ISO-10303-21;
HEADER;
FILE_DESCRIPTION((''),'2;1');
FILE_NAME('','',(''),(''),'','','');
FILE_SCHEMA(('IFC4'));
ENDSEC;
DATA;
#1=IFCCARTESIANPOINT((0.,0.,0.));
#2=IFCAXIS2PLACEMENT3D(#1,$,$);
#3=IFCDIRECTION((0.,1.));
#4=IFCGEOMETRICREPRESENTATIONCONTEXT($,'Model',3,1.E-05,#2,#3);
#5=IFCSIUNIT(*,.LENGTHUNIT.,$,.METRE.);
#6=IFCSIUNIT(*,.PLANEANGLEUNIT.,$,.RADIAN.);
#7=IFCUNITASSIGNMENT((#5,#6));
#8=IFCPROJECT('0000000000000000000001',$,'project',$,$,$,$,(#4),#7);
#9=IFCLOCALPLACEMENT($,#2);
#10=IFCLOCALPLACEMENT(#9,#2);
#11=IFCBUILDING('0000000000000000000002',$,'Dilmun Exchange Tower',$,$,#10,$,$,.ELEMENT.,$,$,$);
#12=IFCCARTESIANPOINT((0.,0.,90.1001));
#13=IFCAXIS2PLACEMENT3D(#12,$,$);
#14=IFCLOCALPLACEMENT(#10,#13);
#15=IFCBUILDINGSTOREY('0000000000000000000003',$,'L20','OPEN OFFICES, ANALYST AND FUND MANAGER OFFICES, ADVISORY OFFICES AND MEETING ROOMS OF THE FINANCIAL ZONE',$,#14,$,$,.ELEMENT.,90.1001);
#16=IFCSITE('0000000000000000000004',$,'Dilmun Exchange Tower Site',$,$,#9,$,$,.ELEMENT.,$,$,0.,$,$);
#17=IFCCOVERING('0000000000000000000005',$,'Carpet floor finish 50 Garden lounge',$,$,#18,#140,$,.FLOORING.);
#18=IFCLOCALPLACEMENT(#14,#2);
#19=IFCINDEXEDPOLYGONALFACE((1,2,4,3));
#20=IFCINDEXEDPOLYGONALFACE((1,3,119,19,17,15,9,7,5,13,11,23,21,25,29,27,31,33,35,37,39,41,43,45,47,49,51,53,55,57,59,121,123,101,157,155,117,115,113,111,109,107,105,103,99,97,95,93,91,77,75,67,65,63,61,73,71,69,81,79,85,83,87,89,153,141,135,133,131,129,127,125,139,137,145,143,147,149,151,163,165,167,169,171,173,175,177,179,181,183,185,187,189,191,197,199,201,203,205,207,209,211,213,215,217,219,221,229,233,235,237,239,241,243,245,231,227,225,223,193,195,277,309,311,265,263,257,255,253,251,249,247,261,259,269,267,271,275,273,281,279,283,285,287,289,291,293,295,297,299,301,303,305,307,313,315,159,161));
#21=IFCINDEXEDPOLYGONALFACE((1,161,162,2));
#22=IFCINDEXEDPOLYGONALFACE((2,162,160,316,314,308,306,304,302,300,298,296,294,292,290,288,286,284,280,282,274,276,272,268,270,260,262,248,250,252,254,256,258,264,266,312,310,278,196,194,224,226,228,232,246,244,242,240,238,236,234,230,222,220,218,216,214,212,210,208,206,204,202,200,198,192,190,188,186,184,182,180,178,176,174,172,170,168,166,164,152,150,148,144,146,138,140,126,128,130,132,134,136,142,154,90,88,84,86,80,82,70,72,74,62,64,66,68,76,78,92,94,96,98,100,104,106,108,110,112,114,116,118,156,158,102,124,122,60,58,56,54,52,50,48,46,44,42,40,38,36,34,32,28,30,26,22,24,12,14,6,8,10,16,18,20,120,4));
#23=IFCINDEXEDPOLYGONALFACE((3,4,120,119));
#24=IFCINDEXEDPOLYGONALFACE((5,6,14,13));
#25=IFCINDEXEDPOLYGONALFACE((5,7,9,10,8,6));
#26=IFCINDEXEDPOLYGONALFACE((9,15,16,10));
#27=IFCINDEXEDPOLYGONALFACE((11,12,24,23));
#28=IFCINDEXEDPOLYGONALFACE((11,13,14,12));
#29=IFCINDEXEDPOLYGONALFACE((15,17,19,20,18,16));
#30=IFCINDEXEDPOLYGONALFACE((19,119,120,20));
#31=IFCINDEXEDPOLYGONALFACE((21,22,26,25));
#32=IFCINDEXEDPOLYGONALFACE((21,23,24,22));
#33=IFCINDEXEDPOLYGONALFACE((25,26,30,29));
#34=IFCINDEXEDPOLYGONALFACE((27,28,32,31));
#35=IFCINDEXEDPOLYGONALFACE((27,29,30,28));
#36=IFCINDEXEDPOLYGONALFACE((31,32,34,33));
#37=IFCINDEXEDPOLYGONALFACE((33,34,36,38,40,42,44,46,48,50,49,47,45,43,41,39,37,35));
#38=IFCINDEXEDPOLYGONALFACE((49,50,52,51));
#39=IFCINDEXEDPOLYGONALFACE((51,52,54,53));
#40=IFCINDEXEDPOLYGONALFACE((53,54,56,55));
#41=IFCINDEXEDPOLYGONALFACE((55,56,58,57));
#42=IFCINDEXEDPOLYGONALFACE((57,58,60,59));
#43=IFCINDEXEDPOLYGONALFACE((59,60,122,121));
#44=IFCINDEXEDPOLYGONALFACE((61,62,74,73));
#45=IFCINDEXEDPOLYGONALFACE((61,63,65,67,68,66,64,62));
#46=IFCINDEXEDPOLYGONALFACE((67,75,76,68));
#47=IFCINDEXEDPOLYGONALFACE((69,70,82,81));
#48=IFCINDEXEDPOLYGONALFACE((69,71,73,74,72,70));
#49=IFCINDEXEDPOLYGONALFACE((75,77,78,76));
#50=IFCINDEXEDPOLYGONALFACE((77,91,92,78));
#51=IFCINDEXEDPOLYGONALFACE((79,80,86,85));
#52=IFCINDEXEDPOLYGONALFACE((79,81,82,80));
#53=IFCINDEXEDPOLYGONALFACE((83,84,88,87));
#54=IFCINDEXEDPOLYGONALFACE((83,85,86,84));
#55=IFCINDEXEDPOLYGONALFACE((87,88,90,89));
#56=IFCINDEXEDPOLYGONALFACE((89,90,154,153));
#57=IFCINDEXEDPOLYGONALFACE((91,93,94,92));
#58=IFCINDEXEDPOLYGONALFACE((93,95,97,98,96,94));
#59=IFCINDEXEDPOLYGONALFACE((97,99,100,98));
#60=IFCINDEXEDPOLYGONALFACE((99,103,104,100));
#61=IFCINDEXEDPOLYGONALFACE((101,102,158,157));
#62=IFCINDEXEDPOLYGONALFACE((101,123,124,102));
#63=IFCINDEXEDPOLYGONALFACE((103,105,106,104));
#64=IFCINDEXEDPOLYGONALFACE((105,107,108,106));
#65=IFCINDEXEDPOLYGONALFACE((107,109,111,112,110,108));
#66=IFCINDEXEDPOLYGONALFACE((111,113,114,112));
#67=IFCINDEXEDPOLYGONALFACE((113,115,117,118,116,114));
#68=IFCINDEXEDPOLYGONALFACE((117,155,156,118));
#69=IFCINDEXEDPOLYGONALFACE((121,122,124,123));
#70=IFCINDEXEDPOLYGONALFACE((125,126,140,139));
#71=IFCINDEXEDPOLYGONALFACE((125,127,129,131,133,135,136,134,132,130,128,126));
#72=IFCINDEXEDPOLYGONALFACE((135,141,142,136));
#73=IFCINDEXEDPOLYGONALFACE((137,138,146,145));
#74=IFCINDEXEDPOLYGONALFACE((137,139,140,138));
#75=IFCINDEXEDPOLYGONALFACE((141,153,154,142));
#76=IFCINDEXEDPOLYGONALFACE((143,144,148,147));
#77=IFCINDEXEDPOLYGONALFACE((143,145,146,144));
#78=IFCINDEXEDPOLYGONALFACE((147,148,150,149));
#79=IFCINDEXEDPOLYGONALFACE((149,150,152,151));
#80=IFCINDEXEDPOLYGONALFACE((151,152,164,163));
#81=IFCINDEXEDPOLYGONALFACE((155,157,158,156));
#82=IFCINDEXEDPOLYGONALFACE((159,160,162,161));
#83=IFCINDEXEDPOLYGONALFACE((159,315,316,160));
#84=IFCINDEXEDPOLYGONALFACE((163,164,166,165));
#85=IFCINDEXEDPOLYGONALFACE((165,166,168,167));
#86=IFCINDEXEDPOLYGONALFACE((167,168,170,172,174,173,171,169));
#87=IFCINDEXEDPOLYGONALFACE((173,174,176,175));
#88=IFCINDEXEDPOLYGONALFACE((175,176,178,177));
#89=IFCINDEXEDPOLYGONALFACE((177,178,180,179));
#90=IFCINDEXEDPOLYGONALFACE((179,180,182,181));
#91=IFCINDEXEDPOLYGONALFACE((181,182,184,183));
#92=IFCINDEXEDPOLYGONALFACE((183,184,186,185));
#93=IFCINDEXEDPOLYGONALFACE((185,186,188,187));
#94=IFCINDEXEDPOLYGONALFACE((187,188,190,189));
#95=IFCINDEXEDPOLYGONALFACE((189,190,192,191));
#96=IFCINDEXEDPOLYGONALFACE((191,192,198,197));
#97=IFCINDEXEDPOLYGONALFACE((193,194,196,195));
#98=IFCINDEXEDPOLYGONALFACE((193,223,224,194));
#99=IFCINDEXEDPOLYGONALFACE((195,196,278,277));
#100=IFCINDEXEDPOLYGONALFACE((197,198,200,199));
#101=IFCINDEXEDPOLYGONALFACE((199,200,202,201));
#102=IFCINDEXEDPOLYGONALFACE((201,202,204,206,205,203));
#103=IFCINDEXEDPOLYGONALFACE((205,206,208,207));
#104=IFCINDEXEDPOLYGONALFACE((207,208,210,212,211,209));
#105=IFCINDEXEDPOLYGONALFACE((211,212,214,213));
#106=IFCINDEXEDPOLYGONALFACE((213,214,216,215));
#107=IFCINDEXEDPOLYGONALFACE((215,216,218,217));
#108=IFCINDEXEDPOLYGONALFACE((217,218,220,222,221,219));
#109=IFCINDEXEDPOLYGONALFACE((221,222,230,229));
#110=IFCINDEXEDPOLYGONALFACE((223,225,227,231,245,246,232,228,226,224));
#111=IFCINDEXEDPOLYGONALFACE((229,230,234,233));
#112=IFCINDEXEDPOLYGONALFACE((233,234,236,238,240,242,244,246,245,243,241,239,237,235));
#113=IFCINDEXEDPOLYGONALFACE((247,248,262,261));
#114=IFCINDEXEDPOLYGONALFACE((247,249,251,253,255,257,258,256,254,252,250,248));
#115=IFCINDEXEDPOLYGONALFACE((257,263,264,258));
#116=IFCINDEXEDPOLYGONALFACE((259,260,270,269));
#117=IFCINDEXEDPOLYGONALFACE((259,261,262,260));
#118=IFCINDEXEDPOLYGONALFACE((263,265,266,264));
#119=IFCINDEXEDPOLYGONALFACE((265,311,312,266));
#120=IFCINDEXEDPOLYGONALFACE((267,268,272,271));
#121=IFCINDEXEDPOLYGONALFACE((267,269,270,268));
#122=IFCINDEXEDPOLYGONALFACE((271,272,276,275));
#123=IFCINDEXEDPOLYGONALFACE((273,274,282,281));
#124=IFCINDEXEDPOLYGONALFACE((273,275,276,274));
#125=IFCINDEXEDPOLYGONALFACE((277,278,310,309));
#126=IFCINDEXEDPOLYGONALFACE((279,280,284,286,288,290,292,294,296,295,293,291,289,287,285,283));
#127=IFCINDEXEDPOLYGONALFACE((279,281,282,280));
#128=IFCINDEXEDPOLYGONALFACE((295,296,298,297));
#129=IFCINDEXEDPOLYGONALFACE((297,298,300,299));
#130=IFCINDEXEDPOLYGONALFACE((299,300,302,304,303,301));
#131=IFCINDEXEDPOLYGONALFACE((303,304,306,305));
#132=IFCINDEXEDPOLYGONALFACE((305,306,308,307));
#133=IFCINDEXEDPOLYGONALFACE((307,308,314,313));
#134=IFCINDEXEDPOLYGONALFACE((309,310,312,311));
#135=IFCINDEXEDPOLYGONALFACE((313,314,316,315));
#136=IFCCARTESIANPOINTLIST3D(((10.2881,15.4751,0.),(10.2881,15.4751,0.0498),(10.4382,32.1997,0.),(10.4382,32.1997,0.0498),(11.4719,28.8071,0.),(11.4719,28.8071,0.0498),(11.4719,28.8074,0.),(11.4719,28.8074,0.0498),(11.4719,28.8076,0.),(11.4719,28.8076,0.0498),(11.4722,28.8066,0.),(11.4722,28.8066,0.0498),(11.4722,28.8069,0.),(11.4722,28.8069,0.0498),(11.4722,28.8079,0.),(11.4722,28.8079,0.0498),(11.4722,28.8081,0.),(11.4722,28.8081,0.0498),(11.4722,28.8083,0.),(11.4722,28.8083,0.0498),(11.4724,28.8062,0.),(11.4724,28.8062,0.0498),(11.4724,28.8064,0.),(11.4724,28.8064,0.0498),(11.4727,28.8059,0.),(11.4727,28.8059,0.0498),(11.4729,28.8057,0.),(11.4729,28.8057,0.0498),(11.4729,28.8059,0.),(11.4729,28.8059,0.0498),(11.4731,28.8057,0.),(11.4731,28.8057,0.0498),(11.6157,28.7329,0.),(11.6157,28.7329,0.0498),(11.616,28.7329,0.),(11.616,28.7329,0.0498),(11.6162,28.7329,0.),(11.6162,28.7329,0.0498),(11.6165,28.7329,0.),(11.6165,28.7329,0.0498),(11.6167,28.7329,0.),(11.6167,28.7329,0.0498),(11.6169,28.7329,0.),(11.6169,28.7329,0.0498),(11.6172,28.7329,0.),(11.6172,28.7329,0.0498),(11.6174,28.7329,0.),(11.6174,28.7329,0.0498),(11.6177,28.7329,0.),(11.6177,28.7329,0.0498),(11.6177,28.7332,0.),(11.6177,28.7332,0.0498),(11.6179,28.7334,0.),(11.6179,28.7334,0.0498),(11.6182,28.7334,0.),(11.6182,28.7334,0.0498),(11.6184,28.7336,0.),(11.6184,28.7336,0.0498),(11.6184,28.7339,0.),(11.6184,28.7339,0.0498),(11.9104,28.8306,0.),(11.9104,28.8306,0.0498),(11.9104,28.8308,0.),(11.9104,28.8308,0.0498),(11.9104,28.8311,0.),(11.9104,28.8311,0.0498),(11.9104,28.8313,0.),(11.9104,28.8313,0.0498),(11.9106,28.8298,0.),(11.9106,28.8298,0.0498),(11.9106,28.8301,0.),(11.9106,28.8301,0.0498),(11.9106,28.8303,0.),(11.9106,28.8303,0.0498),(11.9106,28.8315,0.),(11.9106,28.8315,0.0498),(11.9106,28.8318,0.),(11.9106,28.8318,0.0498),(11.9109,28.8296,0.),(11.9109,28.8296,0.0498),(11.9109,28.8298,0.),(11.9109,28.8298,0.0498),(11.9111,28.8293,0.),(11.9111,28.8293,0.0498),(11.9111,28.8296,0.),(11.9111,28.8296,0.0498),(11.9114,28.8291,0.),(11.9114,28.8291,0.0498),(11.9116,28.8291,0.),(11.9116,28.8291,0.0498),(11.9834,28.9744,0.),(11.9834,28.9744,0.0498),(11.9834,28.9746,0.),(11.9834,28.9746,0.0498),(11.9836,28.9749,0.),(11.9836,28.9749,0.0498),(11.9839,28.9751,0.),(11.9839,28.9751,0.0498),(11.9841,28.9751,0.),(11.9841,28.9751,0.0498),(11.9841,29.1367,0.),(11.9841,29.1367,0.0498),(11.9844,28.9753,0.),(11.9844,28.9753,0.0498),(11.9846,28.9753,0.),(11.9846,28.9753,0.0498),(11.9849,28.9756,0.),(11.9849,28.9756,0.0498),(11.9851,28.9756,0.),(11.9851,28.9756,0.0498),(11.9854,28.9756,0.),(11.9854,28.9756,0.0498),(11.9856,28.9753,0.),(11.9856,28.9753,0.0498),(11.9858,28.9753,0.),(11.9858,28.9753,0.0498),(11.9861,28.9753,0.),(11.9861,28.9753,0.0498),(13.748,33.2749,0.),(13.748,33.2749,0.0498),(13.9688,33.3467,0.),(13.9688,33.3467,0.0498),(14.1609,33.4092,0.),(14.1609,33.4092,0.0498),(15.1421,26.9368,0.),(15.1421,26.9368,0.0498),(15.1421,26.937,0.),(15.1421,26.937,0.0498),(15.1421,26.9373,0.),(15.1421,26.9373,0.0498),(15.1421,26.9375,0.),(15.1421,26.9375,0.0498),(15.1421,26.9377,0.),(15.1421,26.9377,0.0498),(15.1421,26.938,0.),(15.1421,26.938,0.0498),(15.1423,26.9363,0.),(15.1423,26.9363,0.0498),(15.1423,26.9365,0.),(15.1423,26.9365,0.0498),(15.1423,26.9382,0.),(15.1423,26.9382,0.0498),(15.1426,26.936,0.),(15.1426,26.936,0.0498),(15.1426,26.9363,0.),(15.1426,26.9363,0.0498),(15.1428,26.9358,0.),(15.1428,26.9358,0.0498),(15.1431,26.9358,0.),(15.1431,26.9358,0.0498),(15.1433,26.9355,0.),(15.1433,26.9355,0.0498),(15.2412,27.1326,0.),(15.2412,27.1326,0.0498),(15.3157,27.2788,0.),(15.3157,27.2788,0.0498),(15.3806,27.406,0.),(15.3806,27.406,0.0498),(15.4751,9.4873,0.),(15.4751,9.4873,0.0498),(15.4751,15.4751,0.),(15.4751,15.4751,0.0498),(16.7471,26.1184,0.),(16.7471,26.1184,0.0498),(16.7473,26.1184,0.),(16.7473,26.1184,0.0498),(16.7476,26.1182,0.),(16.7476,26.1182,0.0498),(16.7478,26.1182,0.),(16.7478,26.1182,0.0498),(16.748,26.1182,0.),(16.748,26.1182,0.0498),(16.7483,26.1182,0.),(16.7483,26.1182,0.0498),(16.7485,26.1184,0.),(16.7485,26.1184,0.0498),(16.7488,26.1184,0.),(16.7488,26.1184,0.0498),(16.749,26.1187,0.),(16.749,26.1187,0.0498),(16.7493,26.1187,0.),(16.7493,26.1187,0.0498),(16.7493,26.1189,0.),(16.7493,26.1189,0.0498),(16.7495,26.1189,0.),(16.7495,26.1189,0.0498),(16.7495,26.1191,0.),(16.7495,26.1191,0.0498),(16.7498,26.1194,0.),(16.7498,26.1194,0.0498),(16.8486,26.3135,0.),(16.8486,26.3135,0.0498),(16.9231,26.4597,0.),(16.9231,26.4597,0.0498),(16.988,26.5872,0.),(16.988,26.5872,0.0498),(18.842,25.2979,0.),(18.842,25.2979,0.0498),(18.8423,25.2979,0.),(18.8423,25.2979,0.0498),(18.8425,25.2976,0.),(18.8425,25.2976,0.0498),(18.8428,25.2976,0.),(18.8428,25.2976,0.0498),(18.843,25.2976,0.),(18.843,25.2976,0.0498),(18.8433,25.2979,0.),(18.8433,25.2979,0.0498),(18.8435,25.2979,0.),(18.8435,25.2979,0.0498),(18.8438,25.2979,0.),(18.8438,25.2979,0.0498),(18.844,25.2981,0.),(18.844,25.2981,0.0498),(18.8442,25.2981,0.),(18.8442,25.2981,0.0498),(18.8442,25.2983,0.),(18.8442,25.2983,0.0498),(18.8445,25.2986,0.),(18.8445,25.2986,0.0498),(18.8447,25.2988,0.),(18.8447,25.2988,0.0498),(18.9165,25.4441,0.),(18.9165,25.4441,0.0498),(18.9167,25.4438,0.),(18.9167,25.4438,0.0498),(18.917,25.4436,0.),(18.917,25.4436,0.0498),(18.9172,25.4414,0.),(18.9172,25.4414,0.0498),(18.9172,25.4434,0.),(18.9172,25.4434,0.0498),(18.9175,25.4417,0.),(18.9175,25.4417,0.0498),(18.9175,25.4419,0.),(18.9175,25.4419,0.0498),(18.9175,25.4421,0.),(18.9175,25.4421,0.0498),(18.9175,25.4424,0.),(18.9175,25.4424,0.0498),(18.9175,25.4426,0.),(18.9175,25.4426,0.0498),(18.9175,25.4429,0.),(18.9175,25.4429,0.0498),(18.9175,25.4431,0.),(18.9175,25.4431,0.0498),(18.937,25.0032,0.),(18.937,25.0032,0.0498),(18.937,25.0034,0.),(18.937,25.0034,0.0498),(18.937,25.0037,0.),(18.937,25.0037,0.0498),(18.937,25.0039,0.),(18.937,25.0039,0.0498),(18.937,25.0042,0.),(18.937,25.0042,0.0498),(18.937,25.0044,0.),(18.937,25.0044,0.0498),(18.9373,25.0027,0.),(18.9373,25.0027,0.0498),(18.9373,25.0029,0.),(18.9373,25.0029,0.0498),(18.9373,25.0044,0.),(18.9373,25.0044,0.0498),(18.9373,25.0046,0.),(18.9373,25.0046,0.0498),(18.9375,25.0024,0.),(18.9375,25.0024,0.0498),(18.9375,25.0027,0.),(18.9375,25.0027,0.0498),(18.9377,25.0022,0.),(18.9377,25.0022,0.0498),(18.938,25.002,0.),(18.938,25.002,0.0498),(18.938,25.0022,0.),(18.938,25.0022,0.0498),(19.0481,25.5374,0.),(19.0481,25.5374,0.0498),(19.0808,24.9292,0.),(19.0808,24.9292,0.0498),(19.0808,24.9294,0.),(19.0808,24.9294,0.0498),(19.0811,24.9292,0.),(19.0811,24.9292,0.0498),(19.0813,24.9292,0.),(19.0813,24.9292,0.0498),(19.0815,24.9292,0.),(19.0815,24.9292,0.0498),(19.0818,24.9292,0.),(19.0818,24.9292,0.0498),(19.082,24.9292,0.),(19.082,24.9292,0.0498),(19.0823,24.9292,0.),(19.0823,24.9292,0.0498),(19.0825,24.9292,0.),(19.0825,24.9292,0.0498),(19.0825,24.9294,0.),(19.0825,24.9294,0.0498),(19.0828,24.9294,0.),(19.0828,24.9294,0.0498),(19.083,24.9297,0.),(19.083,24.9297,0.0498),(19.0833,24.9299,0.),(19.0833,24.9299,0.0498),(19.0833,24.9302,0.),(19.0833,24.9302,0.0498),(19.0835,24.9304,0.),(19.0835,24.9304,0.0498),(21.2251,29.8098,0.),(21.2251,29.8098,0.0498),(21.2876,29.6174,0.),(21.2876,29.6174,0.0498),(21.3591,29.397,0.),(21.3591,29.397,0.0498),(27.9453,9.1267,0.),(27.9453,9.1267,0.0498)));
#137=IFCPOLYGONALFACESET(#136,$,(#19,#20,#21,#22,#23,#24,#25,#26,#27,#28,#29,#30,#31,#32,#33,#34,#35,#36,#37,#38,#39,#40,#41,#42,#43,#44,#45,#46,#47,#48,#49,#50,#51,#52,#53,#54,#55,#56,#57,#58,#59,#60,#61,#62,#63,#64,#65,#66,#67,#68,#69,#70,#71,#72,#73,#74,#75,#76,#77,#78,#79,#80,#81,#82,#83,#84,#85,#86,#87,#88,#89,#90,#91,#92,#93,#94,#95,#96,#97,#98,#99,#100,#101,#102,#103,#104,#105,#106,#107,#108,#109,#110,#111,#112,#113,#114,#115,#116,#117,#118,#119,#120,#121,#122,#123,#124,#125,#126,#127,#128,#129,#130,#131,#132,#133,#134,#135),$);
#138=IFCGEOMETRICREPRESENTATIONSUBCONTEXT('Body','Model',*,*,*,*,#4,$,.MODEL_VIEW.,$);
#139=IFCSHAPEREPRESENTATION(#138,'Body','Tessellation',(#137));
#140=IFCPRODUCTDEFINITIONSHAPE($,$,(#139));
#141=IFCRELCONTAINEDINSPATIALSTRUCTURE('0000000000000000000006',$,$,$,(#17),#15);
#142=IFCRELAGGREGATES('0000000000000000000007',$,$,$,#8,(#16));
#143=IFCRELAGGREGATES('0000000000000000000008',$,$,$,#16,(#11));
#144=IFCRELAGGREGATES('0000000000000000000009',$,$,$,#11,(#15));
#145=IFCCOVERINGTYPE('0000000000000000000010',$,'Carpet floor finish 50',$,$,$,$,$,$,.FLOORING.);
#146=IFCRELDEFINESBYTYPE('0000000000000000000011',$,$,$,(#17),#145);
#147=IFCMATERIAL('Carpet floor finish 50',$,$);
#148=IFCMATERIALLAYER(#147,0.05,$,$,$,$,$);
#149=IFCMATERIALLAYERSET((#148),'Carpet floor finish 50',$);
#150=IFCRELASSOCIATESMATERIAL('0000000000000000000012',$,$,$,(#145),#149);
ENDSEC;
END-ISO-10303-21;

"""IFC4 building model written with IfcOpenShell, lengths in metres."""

from ifc_helpers import new_model, si_unit, direction, frame, origin, place, context, subcontext, project, spatial, polyline, outline, extrude, material, layer, layer_set, type_object, element, save


model = new_model("IFC4")

# Units and contexts
model_context = context("Model", 3, precision=1e-05, world=origin(), true_north=direction((0.0, 1.0)))
body_context = subcontext(model_context, "Body", "Model", "MODEL_VIEW")
ifc_project = project(units=[si_unit("LENGTHUNIT", "METRE"), si_unit("PLANEANGLEUNIT", "RADIAN")], contexts=[model_context])

# Site, building, storey
site_placement = place(None, origin())
site = spatial("IfcSite", under=ifc_project, at=site_placement, Name="Dilmun Exchange Tower Site", CompositionType="ELEMENT", RefElevation=0.0)
building_placement = place(site_placement, origin())
building = spatial("IfcBuilding", under=site, at=building_placement, Name="Dilmun Exchange Tower", CompositionType="ELEMENT")
storey_placement = place(building_placement, frame((0.0, 0.0, 90.1001)))
storey = spatial("IfcBuildingStorey", under=building, at=storey_placement, Name="L20", Description="OPEN OFFICES, ANALYST AND FUND MANAGER OFFICES, ADVISORY OFFICES AND MEETING ROOMS OF THE FINANCIAL ZONE", CompositionType="ELEMENT", Elevation=90.1001)

# Covering
ifc_material_1 = material(Name="Carpet floor finish 50")
ifc_layer_1 = layer(ifc_material_1, 0.05)
ifc_layer_set_1 = layer_set([ifc_layer_1], Name="Carpet floor finish 50")
covering_type_1 = type_object("IfcCoveringType", Name="Carpet floor finish 50", PredefinedType="FLOORING", material=ifc_layer_set_1)
covering_1_placement = place(storey_placement, origin())
element("IfcCovering", 1, at=covering_1_placement, inside=storey, type_object=covering_type_1, Name="Carpet floor finish 50 Garden lounge", PredefinedType="FLOORING", context=body_context, shape_type="SweptSolid", body=[
    extrude(outline(polyline([(21.2251, 29.8098), (21.2876, 29.6174), (18.9373, 25.0046), (18.9373, 25.0044), (18.937, 25.0044), (18.937, 25.0042), (18.937, 25.0039), (18.937, 25.0039), (18.937, 25.0037), (18.937, 25.0034), (18.937, 25.0032), (18.9373, 25.0029), (18.9373, 25.0027), (18.9375, 25.0027), (18.9375, 25.0024), (18.9375, 25.0024), (18.9377, 25.0022), (18.938, 25.0022), (18.938, 25.002), (19.0808, 24.9294), (19.0808, 24.9292), (19.0811, 24.9292), (19.0813, 24.9292), (19.0813, 24.9292), (19.0815, 24.9292), (19.0818, 24.9292), (19.082, 24.9292), (19.0823, 24.9292), (19.0825, 24.9292), (19.0825, 24.9294), (19.0828, 24.9294), (19.083, 24.9297), (19.083, 24.9297), (19.0833, 24.9299), (19.0833, 24.9302), (19.0835, 24.9304), (21.3591, 29.397), (27.9453, 9.1267), (15.4751, 9.4873), (15.4751, 15.4751), (10.2881, 15.4751), (10.4382, 32.1997), (13.748, 33.2749), (11.4722, 28.8083), (11.4722, 28.8081), (11.4722, 28.8081), (11.4722, 28.8079), (11.4719, 28.8076), (11.4719, 28.8074), (11.4719, 28.8071), (11.4722, 28.8069), (11.4722, 28.8069), (11.4722, 28.8066), (11.4724, 28.8064), (11.4724, 28.8064), (11.4724, 28.8062), (11.4727, 28.8059), (11.4729, 28.8059), (11.4729, 28.8057), (11.4731, 28.8057), (11.6157, 28.7329), (11.616, 28.7329), (11.616, 28.7329), (11.6162, 28.7329), (11.6165, 28.7329), (11.6167, 28.7329), (11.6167, 28.7329), (11.6169, 28.7329), (11.6172, 28.7329), (11.6174, 28.7329), (11.6177, 28.7329), (11.6177, 28.7332), (11.6179, 28.7334), (11.6179, 28.7334), (11.6182, 28.7334), (11.6184, 28.7336), (11.6184, 28.7339), (13.9688, 33.3467), (14.1609, 33.4092), (11.9841, 29.1367), (15.3806, 27.406), (15.3157, 27.2788), (11.9861, 28.9753), (11.9858, 28.9753), (11.9856, 28.9753), (11.9856, 28.9753), (11.9854, 28.9756), (11.9851, 28.9756), (11.9849, 28.9756), (11.9846, 28.9753), (11.9846, 28.9753), (11.9844, 28.9753), (11.9841, 28.9751), (11.9839, 28.9751), (11.9839, 28.9751), (11.9836, 28.9749), (11.9834, 28.9746), (11.9834, 28.9746), (11.9834, 28.9744), (11.9106, 28.8318), (11.9106, 28.8315), (11.9106, 28.8315), (11.9104, 28.8313), (11.9104, 28.8311), (11.9104, 28.8308), (11.9104, 28.8308), (11.9104, 28.8306), (11.9106, 28.8303), (11.9106, 28.8301), (11.9106, 28.8298), (11.9109, 28.8298), (11.9109, 28.8296), (11.9111, 28.8296), (11.9111, 28.8293), (11.9114, 28.8291), (11.9116, 28.8291), (15.2412, 27.1326), (15.1423, 26.9382), (15.1421, 26.938), (15.1421, 26.938), (15.1421, 26.9377), (15.1421, 26.9375), (15.1421, 26.9375), (15.1421, 26.9373), (15.1421, 26.937), (15.1421, 26.9368), (15.1423, 26.9365), (15.1423, 26.9363), (15.1426, 26.9363), (15.1426, 26.936), (15.1426, 26.936), (15.1428, 26.9358), (15.1431, 26.9358), (15.1433, 26.9355), (16.7471, 26.1184), (16.7473, 26.1184), (16.7473, 26.1184), (16.7476, 26.1182), (16.7478, 26.1182), (16.7478, 26.1182), (16.748, 26.1182), (16.7483, 26.1182), (16.7485, 26.1184), (16.7488, 26.1184), (16.7488, 26.1184), (16.749, 26.1187), (16.7493, 26.1187), (16.7493, 26.1189), (16.7495, 26.1189), (16.7495, 26.1191), (16.7498, 26.1194), (16.8486, 26.3135), (18.842, 25.2979), (18.8423, 25.2979), (18.8423, 25.2979), (18.8425, 25.2976), (18.8428, 25.2976), (18.843, 25.2976), (18.843, 25.2976), (18.8433, 25.2979), (18.8435, 25.2979), (18.8438, 25.2979), (18.844, 25.2981), (18.844, 25.2981), (18.8442, 25.2981), (18.8442, 25.2983), (18.8445, 25.2986), (18.8445, 25.2986), (18.8447, 25.2988), (18.9172, 25.4414), (18.9175, 25.4417), (18.9175, 25.4417), (18.9175, 25.4419), (18.9175, 25.4421), (18.9175, 25.4424), (18.9175, 25.4424), (18.9175, 25.4426), (18.9175, 25.4429), (18.9175, 25.4431), (18.9172, 25.4434), (18.9172, 25.4434), (18.917, 25.4436), (18.917, 25.4436), (18.9167, 25.4438), (18.9165, 25.4441), (18.9165, 25.4441), (16.9231, 26.4597), (16.988, 26.5872), (19.0481, 25.5374), (21.2251, 29.8098)])), origin(), (0.0, 0.0, 1.0), 0.0498),
])

save(model, "model.ifc")
